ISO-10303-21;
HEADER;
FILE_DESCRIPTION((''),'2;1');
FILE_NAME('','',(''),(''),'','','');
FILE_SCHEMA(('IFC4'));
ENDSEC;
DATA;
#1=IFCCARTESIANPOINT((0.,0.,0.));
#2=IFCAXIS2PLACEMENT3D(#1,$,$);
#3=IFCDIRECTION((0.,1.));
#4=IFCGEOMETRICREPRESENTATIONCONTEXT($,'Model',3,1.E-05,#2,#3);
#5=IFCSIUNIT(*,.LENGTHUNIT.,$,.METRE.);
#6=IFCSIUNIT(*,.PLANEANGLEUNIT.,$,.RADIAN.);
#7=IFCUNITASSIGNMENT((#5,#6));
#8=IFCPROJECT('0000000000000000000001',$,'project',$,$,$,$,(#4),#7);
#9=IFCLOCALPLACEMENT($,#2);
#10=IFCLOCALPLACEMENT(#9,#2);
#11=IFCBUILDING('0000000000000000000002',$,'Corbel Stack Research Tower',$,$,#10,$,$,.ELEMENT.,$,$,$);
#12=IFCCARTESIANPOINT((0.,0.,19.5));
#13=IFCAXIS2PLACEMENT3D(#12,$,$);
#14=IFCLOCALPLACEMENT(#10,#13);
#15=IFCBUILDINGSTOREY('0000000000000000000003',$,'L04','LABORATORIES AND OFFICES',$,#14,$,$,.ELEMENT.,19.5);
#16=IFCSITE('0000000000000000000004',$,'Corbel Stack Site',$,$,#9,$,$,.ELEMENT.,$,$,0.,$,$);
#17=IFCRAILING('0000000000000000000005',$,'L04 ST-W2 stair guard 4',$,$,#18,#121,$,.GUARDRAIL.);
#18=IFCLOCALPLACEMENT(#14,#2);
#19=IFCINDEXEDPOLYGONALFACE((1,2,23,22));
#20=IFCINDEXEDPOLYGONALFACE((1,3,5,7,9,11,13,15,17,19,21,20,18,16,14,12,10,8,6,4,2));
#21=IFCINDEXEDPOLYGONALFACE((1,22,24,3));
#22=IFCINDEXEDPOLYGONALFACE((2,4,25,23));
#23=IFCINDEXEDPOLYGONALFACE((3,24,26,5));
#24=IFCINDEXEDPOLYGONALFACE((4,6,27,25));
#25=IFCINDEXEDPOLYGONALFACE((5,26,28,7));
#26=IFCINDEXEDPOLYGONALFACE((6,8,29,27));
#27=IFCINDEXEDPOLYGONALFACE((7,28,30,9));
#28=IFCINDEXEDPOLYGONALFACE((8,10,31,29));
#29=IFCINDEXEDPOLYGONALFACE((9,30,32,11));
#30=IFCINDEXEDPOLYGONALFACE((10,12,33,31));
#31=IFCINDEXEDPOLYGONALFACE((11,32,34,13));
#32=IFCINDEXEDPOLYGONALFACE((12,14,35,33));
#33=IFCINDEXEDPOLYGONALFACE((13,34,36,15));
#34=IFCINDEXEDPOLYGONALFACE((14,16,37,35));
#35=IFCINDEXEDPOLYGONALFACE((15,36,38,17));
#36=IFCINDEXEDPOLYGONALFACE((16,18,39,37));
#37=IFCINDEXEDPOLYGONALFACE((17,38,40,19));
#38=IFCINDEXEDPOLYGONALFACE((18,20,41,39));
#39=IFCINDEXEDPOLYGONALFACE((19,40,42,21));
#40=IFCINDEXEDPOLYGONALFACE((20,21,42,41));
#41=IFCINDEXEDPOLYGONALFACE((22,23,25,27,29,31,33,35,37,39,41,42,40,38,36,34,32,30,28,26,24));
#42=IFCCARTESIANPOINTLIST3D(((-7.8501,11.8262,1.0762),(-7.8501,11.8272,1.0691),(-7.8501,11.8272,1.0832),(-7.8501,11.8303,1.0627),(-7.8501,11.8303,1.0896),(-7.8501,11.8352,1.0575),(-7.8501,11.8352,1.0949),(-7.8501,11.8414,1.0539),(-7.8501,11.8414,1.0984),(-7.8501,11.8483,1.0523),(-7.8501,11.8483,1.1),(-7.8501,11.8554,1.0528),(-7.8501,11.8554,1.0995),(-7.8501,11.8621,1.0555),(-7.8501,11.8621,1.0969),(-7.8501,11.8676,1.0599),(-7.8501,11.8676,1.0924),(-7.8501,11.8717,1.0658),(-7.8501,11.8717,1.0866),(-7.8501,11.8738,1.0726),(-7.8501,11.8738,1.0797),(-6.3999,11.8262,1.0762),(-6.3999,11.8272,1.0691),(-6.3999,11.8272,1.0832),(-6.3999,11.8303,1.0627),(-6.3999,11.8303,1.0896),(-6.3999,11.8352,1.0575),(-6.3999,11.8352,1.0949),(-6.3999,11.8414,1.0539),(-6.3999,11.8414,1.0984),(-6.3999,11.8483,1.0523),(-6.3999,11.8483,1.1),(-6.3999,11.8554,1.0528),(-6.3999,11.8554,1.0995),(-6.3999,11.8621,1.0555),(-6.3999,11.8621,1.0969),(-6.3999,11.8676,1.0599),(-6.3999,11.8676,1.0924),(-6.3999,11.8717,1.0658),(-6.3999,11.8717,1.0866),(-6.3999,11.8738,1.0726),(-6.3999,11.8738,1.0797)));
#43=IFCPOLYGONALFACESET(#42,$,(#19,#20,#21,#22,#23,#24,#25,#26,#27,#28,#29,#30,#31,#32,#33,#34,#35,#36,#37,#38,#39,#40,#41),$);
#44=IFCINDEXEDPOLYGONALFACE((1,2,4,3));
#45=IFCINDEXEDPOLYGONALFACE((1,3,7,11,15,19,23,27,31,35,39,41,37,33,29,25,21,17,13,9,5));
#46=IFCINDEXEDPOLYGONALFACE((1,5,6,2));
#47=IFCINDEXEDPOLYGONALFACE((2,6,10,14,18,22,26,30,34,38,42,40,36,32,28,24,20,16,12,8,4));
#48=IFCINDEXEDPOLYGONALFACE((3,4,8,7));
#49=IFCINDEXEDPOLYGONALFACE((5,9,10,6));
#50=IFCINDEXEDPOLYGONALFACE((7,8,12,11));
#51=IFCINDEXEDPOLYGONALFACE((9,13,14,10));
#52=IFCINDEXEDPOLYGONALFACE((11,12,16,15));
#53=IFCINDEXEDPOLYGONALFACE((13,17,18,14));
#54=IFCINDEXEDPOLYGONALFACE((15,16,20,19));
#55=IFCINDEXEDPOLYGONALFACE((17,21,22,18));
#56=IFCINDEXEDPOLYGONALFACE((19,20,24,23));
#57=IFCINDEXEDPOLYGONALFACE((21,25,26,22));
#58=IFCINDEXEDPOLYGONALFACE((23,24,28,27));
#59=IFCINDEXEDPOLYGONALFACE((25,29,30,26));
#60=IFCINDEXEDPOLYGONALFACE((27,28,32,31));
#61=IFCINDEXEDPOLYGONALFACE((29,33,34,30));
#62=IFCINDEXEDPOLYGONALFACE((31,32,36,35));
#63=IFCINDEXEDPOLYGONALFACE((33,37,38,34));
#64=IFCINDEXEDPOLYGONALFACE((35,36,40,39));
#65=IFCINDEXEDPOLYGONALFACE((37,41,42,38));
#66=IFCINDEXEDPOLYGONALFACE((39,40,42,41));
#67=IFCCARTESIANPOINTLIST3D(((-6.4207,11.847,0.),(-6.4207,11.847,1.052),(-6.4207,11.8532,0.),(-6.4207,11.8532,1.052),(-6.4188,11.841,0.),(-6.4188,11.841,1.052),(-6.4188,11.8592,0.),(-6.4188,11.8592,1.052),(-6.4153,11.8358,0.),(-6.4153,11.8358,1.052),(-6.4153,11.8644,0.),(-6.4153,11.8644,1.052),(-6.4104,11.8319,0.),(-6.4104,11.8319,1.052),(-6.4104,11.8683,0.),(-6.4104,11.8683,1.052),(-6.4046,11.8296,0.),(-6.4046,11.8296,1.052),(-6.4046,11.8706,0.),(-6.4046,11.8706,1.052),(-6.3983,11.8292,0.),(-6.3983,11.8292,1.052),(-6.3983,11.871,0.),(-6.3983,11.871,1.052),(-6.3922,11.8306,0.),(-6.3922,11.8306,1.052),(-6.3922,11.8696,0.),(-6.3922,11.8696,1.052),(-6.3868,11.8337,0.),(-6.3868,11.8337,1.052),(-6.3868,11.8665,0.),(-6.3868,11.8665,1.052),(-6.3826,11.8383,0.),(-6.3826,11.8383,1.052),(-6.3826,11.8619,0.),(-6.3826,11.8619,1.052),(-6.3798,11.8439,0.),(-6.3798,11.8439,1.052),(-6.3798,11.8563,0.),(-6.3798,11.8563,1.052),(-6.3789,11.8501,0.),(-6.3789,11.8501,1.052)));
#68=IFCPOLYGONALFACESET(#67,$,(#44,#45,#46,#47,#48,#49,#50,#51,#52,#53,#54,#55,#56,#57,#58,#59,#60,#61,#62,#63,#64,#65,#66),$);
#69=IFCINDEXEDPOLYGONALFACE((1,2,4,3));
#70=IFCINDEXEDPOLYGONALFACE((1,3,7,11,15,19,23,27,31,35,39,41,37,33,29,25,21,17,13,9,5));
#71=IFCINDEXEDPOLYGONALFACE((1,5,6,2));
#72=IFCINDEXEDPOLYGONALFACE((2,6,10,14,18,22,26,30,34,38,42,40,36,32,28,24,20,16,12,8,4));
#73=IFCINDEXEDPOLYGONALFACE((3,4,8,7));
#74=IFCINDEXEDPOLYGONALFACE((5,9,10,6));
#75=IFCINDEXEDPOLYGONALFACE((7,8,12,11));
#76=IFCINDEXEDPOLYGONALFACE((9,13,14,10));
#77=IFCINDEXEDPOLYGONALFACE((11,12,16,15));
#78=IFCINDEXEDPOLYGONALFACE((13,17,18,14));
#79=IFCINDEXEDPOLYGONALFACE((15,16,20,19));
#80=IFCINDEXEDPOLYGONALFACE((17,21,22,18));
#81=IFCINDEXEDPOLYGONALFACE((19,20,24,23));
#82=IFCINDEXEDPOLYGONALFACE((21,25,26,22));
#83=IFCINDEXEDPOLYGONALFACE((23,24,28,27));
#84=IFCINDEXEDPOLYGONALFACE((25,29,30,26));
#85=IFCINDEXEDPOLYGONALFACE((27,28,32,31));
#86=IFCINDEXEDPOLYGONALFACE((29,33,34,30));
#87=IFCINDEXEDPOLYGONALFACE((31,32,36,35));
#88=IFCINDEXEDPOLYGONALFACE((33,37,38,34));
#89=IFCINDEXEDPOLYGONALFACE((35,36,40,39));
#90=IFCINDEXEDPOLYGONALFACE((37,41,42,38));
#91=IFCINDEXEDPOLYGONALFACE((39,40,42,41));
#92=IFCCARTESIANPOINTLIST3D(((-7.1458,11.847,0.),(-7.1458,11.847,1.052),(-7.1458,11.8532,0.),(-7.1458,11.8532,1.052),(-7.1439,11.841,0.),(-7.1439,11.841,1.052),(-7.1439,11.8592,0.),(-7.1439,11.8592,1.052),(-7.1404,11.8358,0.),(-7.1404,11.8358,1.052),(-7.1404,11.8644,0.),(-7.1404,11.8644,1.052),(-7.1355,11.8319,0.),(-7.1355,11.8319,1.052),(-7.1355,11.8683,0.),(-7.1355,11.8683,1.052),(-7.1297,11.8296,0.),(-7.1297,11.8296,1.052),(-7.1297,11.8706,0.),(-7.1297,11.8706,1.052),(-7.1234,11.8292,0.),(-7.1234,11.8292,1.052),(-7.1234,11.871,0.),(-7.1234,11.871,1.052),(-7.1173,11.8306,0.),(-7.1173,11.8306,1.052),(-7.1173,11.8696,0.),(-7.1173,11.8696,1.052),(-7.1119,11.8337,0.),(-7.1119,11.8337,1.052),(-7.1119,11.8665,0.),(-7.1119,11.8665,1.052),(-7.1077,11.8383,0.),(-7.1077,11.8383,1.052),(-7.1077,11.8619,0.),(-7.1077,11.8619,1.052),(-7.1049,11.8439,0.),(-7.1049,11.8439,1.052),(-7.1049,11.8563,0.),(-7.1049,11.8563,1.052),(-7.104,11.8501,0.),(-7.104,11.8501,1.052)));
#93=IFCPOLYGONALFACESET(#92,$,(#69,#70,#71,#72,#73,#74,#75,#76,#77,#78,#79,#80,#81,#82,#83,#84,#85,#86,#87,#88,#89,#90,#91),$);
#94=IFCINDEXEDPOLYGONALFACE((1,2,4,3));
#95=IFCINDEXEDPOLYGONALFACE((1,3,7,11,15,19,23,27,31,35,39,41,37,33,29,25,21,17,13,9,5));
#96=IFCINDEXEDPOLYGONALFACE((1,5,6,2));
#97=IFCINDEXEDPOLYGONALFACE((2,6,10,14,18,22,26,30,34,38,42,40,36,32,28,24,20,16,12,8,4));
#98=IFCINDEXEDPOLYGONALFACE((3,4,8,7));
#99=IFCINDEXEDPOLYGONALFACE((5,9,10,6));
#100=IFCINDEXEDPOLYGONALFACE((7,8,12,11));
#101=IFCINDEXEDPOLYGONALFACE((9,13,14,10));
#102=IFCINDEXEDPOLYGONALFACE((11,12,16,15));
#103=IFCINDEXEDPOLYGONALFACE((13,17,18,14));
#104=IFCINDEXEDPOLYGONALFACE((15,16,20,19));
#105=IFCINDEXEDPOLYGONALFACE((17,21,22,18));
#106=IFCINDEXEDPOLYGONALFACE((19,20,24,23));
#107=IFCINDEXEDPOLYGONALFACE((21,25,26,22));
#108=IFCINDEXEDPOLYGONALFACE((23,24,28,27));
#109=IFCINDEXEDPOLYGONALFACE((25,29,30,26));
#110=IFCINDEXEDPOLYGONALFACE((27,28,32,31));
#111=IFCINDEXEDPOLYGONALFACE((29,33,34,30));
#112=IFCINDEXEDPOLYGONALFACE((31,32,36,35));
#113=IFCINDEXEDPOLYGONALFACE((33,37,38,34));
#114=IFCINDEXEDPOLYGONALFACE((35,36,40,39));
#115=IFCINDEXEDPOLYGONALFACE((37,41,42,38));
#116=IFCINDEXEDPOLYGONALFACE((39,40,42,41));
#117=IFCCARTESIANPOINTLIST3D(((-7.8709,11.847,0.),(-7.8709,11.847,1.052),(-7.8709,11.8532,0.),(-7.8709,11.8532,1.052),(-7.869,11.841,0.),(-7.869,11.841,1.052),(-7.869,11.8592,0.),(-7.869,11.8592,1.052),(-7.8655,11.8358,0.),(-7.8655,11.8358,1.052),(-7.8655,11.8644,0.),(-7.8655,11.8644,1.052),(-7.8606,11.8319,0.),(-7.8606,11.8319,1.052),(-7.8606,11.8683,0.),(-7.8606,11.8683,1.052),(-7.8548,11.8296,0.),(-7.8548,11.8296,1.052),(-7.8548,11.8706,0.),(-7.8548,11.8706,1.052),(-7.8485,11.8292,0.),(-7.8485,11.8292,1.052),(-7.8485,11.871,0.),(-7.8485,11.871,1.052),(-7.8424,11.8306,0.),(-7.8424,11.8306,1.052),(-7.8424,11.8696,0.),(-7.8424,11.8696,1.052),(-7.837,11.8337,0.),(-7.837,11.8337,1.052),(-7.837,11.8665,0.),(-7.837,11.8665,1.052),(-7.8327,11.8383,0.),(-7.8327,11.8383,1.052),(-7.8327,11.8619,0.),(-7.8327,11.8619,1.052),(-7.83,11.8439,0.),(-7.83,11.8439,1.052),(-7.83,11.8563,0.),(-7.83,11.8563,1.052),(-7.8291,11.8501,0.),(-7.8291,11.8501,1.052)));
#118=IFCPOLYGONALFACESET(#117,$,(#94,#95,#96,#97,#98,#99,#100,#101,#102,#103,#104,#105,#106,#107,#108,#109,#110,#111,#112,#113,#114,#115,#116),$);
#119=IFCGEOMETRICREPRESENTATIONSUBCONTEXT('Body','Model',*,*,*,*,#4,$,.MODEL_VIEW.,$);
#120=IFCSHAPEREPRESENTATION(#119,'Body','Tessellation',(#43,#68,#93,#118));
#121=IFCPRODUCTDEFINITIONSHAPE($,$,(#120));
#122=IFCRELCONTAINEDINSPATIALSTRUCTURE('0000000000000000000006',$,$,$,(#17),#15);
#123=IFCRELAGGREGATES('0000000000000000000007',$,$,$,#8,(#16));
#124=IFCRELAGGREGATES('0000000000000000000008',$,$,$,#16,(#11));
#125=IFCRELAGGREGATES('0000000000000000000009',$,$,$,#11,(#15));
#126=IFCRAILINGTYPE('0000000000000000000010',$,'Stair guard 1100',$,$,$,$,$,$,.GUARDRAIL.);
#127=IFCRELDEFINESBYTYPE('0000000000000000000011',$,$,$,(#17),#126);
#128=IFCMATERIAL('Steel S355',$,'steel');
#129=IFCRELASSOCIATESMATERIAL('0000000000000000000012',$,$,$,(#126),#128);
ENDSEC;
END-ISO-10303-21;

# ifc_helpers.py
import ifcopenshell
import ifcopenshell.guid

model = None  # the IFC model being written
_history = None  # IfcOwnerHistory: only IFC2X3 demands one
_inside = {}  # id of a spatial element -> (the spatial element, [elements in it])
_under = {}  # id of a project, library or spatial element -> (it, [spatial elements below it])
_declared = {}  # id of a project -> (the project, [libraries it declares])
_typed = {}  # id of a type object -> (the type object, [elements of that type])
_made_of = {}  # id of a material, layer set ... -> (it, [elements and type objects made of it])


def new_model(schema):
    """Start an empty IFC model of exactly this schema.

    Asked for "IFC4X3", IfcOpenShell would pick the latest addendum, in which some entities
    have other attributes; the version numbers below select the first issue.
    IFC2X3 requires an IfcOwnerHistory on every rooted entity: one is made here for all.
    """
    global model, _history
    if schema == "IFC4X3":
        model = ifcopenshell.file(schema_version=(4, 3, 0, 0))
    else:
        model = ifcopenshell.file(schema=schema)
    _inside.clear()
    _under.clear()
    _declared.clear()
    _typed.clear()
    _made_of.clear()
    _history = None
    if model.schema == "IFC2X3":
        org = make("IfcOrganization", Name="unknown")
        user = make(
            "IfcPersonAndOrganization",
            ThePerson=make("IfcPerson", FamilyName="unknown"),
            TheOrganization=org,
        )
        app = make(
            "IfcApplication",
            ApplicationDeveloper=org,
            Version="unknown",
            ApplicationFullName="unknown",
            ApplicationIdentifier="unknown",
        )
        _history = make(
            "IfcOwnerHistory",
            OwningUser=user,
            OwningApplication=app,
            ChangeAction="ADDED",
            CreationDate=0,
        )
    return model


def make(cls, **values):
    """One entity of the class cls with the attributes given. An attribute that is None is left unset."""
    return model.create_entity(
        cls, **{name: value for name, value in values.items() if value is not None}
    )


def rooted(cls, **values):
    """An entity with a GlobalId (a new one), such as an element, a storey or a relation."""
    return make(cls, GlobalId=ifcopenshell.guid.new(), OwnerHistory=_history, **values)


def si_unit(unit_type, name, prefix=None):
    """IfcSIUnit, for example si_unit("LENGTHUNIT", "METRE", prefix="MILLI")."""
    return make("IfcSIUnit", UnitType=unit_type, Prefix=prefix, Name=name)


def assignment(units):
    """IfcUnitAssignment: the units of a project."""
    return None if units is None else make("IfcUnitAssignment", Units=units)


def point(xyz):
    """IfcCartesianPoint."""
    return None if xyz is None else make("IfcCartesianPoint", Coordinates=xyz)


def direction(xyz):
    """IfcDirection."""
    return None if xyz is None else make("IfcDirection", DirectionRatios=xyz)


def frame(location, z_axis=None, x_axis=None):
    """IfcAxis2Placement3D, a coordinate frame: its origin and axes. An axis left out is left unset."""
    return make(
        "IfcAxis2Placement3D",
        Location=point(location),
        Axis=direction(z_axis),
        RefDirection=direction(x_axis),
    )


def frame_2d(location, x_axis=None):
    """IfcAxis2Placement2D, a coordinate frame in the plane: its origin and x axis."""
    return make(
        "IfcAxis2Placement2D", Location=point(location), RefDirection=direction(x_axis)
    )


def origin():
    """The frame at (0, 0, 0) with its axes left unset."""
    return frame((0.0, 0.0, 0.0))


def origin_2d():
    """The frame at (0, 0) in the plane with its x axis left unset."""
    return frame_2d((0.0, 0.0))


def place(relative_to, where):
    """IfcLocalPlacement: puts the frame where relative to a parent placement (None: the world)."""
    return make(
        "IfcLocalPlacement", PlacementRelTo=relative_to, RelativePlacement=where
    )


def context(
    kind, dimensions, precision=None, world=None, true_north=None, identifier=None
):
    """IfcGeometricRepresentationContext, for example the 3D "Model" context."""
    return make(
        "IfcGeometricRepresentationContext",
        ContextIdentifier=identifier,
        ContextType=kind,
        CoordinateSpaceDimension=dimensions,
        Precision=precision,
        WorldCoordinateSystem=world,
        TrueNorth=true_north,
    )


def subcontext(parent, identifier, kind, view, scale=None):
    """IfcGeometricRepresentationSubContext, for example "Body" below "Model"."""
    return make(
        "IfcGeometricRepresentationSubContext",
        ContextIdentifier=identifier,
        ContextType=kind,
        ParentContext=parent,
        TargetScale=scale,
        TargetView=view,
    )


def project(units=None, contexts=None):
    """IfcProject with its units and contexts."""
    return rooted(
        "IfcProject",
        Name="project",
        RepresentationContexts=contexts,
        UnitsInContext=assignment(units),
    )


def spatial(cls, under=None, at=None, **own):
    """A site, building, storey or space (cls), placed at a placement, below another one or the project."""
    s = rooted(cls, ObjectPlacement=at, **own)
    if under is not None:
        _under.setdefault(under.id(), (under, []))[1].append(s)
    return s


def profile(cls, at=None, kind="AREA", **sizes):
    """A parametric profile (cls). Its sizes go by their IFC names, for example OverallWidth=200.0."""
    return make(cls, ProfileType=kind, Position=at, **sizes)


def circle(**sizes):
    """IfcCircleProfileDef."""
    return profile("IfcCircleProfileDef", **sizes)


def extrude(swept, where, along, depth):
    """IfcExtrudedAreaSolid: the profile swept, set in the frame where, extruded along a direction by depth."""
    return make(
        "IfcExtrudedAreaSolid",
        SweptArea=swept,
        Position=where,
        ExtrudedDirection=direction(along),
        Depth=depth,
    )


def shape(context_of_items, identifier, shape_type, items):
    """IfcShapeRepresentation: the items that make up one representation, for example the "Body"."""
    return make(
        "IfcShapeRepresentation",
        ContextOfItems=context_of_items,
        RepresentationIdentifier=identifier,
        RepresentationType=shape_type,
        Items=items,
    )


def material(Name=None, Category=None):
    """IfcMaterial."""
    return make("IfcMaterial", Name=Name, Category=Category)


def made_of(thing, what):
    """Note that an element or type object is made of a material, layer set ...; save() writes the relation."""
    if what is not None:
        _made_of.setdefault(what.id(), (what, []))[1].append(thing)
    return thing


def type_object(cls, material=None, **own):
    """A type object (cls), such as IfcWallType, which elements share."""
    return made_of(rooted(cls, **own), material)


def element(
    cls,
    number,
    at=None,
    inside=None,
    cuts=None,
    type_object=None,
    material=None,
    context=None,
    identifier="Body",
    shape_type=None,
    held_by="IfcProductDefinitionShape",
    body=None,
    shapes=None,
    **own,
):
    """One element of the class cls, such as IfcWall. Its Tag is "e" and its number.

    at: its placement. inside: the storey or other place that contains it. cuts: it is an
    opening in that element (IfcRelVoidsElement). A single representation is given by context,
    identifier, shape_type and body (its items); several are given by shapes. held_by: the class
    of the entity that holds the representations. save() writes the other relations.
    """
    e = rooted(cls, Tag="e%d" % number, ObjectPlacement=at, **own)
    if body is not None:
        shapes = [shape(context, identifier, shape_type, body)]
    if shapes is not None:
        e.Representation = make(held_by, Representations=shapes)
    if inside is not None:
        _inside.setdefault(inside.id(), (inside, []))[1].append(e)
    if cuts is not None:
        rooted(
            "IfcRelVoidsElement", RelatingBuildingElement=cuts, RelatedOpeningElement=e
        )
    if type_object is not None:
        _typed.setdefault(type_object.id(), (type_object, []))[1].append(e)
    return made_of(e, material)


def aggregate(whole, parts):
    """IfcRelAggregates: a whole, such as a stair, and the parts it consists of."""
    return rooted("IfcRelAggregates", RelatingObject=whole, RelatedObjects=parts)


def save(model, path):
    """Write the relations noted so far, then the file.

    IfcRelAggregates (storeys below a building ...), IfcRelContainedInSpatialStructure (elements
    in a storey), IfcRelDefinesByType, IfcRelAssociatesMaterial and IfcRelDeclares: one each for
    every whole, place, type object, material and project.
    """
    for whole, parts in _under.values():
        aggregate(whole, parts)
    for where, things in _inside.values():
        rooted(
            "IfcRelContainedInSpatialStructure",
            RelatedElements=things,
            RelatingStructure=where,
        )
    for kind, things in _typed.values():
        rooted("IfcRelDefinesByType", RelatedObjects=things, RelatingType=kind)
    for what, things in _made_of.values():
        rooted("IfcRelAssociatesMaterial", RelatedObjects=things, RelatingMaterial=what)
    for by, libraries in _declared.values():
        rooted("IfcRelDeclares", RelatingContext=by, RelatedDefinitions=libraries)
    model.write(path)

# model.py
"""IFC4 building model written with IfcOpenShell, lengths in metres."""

from ifc_helpers import new_model, si_unit, direction, frame, origin, origin_2d, place, context, subcontext, project, spatial, circle, extrude, material, type_object, element, save


model = new_model("IFC4")

# Units and contexts
model_context = context("Model", 3, precision=1e-05, world=origin(), true_north=direction((0.0, 1.0)))
body_context = subcontext(model_context, "Body", "Model", "MODEL_VIEW")
ifc_project = project(units=[si_unit("LENGTHUNIT", "METRE"), si_unit("PLANEANGLEUNIT", "RADIAN")], contexts=[model_context])

# Site, building, storey
site_placement = place(None, origin())
site = spatial("IfcSite", under=ifc_project, at=site_placement, Name="Corbel Stack Site", CompositionType="ELEMENT", RefElevation=0.0)
building_placement = place(site_placement, origin())
building = spatial("IfcBuilding", under=site, at=building_placement, Name="Corbel Stack Research Tower", CompositionType="ELEMENT")
storey_placement = place(building_placement, frame((0.0, 0.0, 19.5)))
storey = spatial("IfcBuildingStorey", under=building, at=storey_placement, Name="L04", Description="LABORATORIES AND OFFICES", CompositionType="ELEMENT", Elevation=19.5)

# Railing
ifc_material_1 = material(Name="Steel S355", Category="steel")
railing_type_1 = type_object("IfcRailingType", Name="Stair guard 1100", PredefinedType="GUARDRAIL", material=ifc_material_1)
railing_1_placement = place(storey_placement, frame((-6.3999, 11.8501, 0.0)))
element("IfcRailing", 1, at=railing_1_placement, inside=storey, type_object=railing_type_1, Name="L04 ST-W2 stair guard 4", PredefinedType="GUARDRAIL", context=body_context, shape_type="SweptSolid", body=[
    extrude(circle(Radius=0.0239, at=origin_2d()), frame((0.0, 0.0, 1.0762), z_axis=(-1.0, 0.0, 0.0), x_axis=(0.0, -1.0, 0.0)), (0.0, 0.0, 1.0), 1.4502),
    extrude(circle(Radius=0.021, at=origin_2d()), origin(), (0.0, 0.0, 1.0), 1.052),
    extrude(circle(Radius=0.021, at=origin_2d()), frame((-0.7251, 0.0, 0.0)), (0.0, 0.0, 1.0), 1.052),
    extrude(circle(Radius=0.021, at=origin_2d()), frame((-1.4502, 0.0, 0.0)), (0.0, 0.0, 1.0), 1.052),
])

save(model, "model.ifc")
